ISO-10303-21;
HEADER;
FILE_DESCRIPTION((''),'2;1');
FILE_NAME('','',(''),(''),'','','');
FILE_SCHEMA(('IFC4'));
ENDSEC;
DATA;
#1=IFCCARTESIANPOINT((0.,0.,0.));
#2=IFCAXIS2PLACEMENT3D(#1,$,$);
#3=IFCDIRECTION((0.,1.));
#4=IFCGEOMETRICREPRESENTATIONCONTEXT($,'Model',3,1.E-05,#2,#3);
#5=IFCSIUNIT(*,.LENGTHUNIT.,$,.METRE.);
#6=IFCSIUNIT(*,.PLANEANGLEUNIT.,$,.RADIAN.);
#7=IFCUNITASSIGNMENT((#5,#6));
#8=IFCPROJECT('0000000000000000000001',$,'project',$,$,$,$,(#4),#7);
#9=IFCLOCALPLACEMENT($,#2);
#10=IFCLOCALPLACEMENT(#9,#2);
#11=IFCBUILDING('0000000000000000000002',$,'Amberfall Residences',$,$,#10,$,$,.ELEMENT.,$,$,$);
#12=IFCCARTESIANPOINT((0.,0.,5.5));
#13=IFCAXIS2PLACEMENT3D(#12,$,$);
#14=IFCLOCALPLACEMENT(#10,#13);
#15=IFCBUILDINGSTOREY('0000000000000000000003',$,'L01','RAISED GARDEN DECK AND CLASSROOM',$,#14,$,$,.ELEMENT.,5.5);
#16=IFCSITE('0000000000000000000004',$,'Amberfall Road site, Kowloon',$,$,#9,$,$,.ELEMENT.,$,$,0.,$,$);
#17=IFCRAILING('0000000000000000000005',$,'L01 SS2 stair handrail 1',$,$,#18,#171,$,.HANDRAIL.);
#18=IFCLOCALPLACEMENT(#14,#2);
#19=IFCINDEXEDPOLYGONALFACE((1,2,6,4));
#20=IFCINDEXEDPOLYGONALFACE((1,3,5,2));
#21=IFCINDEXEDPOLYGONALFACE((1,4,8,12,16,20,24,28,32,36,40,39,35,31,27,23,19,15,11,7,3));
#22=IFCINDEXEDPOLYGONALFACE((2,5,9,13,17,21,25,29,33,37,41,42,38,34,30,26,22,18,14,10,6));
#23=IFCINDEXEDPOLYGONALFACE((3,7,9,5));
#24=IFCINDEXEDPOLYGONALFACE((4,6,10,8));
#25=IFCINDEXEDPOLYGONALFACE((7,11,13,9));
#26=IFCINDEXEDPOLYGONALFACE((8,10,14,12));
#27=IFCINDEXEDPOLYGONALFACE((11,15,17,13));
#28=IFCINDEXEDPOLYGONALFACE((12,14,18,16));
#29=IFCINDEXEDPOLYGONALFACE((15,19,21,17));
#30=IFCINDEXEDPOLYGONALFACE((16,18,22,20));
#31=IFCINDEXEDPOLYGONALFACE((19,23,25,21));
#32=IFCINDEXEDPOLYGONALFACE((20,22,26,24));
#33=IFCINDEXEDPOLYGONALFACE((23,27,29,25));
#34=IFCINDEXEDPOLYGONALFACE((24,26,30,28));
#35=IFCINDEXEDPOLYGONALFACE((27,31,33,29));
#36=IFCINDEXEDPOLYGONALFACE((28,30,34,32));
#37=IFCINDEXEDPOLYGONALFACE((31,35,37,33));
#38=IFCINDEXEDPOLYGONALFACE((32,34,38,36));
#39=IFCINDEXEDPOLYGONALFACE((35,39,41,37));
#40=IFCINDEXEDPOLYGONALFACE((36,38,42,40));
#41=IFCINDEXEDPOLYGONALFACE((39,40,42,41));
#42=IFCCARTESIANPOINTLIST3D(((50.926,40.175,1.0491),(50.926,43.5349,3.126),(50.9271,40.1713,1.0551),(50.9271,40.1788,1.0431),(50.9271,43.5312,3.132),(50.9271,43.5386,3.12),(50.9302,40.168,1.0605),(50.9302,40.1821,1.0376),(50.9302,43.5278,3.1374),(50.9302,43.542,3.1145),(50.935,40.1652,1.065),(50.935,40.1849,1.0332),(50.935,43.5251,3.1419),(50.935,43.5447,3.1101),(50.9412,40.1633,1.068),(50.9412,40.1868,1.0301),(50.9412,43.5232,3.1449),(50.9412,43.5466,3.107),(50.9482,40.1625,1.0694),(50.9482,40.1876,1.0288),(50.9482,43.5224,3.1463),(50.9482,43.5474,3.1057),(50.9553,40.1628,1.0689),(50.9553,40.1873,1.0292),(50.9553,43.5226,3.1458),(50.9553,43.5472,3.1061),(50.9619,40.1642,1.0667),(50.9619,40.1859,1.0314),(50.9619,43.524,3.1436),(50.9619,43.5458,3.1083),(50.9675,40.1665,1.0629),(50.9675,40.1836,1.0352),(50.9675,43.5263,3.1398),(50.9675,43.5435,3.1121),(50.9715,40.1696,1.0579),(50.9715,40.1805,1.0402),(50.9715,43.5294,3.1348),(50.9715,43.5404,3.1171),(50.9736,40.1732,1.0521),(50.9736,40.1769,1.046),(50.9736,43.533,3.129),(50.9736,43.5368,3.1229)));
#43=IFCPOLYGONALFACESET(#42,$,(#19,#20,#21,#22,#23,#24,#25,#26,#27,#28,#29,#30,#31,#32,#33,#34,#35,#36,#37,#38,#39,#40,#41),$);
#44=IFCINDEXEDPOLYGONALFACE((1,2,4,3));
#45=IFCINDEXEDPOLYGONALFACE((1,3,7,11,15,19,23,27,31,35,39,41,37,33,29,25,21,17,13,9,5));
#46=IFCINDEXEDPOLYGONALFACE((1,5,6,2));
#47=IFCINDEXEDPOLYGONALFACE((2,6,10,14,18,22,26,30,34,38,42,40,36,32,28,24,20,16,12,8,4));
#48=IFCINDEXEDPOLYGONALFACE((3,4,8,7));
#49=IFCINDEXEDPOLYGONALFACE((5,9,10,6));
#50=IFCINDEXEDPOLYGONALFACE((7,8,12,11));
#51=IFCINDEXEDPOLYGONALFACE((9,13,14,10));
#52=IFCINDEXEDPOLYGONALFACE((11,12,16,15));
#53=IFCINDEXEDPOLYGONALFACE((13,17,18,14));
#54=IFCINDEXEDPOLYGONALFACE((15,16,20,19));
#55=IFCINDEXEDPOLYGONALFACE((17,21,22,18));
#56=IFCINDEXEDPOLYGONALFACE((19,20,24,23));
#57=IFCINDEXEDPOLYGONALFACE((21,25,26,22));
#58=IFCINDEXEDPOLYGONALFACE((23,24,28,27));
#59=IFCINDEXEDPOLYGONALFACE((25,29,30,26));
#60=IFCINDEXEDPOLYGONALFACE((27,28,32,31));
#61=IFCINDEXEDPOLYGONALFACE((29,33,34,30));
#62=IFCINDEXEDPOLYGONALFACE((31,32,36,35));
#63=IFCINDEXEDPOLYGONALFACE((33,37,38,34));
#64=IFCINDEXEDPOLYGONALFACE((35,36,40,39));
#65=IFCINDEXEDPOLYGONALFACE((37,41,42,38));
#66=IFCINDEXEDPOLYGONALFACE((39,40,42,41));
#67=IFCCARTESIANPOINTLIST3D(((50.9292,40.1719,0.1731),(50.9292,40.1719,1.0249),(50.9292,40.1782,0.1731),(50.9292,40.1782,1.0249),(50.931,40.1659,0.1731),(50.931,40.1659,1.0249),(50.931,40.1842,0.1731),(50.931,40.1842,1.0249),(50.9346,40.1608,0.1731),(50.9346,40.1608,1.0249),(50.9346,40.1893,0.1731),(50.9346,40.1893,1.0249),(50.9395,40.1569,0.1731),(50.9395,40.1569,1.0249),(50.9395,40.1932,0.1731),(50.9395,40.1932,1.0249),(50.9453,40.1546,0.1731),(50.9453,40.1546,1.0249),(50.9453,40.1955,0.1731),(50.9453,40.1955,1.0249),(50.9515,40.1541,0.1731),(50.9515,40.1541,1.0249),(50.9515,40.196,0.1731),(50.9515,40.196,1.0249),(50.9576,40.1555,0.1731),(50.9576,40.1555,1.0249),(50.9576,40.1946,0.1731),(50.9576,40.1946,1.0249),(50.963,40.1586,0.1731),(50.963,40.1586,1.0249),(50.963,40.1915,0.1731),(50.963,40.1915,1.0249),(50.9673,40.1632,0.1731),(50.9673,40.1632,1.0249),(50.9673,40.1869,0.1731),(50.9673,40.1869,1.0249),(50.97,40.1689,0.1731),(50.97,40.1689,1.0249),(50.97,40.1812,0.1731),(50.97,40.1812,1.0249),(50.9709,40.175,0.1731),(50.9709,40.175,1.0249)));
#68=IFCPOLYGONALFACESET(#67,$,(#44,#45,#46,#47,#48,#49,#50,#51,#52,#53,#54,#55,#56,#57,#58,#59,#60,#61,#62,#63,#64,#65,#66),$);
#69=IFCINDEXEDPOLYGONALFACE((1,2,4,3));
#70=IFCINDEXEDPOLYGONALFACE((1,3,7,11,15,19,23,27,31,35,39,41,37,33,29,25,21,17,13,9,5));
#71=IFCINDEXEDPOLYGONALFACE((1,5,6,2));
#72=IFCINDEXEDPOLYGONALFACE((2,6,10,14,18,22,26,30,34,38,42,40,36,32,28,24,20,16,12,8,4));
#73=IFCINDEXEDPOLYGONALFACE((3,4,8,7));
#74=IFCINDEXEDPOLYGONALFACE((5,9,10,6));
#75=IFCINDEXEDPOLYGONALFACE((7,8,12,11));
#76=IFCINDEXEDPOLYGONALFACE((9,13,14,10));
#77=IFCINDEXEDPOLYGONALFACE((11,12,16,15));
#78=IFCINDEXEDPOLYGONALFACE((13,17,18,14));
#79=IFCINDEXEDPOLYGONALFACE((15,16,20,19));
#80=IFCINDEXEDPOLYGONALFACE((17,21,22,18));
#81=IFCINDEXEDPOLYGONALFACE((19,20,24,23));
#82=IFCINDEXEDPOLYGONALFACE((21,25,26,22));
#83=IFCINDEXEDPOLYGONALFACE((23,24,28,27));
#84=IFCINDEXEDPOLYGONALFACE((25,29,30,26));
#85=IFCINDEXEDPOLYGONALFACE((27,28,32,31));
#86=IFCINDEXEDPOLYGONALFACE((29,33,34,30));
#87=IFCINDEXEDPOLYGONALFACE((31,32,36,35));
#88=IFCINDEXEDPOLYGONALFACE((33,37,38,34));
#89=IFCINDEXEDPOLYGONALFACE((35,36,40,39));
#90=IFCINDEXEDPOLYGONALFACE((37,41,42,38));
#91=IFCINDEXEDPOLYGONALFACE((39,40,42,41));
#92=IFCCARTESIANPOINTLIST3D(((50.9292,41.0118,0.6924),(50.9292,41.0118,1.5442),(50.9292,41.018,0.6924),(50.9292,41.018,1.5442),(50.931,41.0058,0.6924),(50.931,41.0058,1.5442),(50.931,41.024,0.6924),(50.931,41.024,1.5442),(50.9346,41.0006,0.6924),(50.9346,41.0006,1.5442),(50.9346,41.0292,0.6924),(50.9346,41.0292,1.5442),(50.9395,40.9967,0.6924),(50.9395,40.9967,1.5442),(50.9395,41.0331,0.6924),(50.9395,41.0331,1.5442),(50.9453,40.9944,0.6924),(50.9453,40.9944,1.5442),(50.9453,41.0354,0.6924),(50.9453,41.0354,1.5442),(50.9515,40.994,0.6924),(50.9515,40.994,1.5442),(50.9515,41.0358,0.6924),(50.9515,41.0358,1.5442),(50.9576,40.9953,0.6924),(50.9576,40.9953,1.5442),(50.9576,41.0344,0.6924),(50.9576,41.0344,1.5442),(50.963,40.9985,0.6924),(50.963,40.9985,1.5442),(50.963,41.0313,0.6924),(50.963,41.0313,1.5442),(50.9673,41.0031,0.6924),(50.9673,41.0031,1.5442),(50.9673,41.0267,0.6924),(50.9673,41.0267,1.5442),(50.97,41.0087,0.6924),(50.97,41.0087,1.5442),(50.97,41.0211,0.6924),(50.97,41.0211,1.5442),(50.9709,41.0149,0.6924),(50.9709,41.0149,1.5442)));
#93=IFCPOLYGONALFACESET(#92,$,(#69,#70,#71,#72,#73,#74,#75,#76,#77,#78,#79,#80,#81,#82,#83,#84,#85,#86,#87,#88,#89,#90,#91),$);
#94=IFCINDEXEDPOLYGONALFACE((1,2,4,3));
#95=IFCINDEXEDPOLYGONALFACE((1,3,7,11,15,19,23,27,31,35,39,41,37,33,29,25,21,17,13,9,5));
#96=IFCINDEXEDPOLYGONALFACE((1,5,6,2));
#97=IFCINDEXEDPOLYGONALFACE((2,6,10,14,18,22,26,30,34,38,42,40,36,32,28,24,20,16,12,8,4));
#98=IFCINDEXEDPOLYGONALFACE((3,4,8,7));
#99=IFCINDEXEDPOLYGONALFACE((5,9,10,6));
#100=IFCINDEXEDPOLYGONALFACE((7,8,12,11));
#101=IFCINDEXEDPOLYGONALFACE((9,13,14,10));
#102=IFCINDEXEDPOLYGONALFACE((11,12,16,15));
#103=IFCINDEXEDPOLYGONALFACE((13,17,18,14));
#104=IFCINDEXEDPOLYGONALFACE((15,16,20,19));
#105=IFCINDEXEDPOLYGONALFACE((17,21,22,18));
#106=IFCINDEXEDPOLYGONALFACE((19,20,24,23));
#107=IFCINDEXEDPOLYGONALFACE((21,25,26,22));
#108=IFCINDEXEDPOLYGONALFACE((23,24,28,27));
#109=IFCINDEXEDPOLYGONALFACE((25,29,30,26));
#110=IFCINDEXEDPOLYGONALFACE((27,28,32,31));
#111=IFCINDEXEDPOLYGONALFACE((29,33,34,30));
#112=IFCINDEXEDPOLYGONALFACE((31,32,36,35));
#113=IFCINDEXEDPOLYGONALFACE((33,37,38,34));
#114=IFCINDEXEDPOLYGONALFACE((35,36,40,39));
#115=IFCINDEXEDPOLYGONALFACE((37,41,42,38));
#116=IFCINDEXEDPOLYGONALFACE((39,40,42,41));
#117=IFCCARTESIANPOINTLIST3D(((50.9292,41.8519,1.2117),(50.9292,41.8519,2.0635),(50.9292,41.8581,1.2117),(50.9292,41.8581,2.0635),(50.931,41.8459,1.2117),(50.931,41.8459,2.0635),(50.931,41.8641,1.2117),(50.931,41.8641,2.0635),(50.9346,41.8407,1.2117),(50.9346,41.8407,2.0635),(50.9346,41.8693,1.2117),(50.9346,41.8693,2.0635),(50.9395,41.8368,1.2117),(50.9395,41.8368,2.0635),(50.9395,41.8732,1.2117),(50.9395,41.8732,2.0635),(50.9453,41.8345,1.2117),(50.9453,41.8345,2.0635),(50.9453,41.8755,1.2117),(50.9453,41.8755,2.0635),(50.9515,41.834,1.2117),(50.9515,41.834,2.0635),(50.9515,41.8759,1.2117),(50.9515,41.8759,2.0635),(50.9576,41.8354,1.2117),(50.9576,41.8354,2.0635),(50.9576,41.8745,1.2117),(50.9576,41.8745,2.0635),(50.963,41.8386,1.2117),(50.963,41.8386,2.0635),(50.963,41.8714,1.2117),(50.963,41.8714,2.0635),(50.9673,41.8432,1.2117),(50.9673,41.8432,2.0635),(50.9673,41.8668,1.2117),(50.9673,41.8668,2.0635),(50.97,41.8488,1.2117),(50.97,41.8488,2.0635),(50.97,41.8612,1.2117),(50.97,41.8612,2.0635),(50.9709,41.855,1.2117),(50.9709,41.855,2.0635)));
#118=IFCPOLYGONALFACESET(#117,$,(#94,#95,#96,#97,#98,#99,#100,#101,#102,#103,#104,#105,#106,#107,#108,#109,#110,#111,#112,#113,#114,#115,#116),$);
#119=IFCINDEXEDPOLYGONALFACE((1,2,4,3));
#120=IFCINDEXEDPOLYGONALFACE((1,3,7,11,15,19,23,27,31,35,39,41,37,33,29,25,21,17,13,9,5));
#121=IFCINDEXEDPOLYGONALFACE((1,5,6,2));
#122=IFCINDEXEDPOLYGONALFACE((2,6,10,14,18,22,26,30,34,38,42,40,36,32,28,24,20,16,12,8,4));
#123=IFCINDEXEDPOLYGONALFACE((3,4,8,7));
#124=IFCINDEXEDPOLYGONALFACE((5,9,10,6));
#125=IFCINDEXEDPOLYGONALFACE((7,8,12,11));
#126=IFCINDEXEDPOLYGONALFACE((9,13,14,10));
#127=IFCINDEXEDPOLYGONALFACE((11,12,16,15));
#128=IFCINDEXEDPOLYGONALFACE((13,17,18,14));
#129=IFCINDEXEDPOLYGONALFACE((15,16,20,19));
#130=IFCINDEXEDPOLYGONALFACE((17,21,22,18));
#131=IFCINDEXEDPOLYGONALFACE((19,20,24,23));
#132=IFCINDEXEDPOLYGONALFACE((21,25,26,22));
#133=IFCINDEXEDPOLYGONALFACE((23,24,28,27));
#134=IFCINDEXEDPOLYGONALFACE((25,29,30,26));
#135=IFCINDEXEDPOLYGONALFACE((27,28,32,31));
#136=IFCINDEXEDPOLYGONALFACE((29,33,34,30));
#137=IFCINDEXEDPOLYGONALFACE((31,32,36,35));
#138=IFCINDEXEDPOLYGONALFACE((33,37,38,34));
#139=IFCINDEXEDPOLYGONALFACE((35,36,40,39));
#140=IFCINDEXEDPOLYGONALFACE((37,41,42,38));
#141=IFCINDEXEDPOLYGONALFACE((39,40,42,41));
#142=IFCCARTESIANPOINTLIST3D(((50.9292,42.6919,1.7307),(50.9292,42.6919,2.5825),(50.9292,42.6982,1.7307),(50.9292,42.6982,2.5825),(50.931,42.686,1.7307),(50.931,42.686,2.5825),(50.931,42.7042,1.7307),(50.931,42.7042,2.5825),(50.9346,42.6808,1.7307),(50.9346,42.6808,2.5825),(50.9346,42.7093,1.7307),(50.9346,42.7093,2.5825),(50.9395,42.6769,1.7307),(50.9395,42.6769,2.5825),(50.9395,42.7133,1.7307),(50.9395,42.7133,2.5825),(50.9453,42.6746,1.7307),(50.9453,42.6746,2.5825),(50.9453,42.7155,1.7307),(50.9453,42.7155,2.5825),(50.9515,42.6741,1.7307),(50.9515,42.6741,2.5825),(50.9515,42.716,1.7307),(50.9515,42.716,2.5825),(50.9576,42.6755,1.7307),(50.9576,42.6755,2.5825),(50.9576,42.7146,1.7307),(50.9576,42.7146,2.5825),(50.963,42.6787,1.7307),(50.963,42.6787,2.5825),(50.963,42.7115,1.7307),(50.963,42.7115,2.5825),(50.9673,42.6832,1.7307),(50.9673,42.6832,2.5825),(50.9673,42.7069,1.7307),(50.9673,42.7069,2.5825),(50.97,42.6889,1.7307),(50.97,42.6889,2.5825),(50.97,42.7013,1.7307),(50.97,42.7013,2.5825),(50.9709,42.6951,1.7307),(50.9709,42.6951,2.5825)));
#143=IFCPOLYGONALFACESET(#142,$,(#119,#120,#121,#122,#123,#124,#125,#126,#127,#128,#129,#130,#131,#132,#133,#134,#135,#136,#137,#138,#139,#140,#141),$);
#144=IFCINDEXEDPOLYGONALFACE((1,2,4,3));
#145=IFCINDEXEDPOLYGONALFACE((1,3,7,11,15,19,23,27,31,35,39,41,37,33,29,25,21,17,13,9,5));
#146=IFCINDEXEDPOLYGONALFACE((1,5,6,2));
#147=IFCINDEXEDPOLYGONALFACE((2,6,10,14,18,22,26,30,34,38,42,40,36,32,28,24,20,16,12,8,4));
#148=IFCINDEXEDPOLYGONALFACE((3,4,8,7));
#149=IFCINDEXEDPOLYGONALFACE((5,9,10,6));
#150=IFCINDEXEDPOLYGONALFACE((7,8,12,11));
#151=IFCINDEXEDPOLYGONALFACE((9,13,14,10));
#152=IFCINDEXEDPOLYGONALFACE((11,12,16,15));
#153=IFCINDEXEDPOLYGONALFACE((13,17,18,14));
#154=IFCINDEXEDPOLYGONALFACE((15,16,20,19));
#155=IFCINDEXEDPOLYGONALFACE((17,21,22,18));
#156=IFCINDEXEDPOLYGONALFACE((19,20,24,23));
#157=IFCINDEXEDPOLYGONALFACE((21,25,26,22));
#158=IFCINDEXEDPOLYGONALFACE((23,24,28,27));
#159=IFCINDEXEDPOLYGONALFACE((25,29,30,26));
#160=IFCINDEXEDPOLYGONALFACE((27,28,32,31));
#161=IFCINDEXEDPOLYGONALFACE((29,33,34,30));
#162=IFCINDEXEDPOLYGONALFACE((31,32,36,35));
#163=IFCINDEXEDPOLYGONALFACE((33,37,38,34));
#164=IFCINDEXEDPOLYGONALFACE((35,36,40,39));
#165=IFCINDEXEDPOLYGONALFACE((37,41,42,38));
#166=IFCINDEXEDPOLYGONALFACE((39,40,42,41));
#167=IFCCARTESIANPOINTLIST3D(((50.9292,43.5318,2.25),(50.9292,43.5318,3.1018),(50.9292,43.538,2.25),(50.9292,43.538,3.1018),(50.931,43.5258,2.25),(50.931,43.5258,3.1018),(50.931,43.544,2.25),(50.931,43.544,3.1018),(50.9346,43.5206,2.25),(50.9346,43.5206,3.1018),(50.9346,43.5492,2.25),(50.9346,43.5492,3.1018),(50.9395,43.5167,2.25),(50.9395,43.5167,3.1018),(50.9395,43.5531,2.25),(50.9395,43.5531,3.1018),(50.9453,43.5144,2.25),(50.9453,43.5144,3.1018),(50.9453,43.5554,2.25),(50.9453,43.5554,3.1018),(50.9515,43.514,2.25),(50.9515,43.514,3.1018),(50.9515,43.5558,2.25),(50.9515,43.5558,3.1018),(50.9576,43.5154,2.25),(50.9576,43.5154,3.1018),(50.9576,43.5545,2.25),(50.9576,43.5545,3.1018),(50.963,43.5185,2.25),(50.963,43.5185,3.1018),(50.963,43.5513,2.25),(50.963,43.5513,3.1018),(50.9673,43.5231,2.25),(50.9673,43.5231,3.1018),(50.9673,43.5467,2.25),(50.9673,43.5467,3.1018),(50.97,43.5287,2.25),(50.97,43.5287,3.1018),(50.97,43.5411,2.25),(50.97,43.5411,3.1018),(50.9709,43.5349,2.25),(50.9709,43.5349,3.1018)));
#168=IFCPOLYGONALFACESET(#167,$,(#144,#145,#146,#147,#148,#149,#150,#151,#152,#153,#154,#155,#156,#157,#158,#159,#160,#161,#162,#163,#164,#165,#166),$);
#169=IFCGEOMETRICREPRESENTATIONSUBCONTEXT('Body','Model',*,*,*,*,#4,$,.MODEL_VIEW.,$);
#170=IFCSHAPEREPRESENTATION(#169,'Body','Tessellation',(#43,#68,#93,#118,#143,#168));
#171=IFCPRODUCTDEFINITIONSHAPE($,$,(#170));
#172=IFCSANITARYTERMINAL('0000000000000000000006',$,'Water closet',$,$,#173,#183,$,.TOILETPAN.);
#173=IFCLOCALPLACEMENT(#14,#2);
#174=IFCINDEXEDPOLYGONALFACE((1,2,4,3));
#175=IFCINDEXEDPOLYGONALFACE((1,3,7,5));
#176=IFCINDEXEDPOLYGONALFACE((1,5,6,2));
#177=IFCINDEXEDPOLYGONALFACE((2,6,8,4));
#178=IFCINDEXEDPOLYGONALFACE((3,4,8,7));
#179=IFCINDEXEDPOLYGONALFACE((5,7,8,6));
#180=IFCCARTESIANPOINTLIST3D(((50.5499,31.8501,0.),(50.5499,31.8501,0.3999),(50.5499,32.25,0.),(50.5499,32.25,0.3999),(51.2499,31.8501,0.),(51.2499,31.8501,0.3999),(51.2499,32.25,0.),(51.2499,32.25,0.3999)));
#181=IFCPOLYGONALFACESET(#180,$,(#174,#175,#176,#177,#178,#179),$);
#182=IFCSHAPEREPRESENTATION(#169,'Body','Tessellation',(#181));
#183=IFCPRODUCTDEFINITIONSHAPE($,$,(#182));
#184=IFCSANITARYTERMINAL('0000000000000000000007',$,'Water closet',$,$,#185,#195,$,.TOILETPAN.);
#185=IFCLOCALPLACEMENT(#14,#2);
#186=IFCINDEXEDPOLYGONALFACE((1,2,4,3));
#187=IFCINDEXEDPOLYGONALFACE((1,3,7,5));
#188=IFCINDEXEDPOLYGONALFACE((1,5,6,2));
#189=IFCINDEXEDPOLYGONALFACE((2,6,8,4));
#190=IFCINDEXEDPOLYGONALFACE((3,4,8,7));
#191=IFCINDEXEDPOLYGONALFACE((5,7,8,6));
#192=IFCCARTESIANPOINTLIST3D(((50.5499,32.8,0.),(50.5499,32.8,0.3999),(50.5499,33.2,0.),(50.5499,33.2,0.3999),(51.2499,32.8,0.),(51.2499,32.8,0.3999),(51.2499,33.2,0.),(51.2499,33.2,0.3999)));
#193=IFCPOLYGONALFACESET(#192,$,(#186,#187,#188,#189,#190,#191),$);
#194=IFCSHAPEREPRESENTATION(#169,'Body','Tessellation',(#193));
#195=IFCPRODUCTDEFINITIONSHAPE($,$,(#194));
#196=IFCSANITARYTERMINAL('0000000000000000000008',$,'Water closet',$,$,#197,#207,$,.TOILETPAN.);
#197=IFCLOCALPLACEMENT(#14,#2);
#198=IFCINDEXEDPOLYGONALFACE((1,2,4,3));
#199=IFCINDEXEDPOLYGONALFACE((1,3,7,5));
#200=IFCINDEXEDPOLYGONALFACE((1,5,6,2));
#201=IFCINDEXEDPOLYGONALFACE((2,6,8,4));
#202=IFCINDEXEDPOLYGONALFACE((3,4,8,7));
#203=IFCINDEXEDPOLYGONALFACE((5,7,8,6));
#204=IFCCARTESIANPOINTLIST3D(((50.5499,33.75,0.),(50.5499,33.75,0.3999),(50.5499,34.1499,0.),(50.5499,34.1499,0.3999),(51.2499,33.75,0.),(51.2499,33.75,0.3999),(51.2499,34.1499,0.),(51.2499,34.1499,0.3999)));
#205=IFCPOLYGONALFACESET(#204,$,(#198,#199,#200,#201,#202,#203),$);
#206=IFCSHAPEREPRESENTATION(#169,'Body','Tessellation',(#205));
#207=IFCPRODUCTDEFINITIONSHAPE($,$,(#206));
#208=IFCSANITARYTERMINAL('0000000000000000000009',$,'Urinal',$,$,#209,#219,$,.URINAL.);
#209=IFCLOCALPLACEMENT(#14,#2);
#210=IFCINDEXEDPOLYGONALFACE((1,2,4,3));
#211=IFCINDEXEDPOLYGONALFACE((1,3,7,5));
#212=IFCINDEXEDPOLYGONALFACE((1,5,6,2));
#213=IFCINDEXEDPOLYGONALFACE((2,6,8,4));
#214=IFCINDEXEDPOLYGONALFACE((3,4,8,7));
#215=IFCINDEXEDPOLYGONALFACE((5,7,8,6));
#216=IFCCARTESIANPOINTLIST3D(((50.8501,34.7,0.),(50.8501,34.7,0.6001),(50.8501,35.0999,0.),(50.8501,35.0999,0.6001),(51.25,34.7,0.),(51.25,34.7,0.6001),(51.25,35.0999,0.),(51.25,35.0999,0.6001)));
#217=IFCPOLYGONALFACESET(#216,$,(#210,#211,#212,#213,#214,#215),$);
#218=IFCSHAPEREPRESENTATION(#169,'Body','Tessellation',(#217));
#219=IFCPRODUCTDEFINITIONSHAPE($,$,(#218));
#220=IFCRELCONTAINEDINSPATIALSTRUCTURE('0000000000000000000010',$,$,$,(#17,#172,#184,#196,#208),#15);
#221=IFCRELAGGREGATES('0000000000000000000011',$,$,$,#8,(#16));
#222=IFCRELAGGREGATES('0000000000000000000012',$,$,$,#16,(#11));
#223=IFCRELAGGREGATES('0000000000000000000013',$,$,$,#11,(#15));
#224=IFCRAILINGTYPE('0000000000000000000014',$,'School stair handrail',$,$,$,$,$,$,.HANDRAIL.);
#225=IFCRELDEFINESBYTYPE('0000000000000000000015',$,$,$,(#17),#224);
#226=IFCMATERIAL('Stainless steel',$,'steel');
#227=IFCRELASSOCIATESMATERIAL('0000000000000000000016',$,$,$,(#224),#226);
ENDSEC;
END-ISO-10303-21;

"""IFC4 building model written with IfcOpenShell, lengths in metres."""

from ifc_helpers import new_model, si_unit, direction, frame, origin, origin_2d, place, context, subcontext, project, spatial, rectangle, circle, extrude, material, type_object, element, save


model = new_model("IFC4")

# Units and contexts
model_context = context("Model", 3, precision=1e-05, world=origin(), true_north=direction((0.0, 1.0)))
body_context = subcontext(model_context, "Body", "Model", "MODEL_VIEW")
ifc_project = project(units=[si_unit("LENGTHUNIT", "METRE"), si_unit("PLANEANGLEUNIT", "RADIAN")], contexts=[model_context])

# Site, building, storey
site_placement = place(None, origin())
site = spatial("IfcSite", under=ifc_project, at=site_placement, Name="Amberfall Road site, Kowloon", CompositionType="ELEMENT", RefElevation=0.0)
building_placement = place(site_placement, origin())
building = spatial("IfcBuilding", under=site, at=building_placement, Name="Amberfall Residences", CompositionType="ELEMENT")
storey_placement = place(building_placement, frame((0.0, 0.0, 5.5)))
storey = spatial("IfcBuildingStorey", under=building, at=storey_placement, Name="L01", Description="RAISED GARDEN DECK AND CLASSROOM", CompositionType="ELEMENT", Elevation=5.5)

# Railing
ifc_material_1 = material(Name="Stainless steel", Category="steel")
railing_type_1 = type_object("IfcRailingType", Name="School stair handrail", PredefinedType="HANDRAIL", material=ifc_material_1)
railing_1_placement = place(storey_placement, frame((50.95, 40.175, 0.1731)))
element("IfcRailing", 1, at=railing_1_placement, inside=storey, type_object=railing_type_1, Name="L01 SS2 stair handrail 1", PredefinedType="HANDRAIL", context=body_context, shape_type="SweptSolid", body=[
    extrude(circle(Radius=0.0239, at=origin_2d()), frame((0.0, 0.0, 0.876), z_axis=(0.0, 0.850606, 0.525803), x_axis=(-1.0, 0.0, 0.0)), (0.0, 0.0, 1.0), 3.95),
    extrude(circle(Radius=0.021, at=origin_2d()), origin(), (0.0, 0.0, 1.0), 0.8518),
    extrude(circle(Radius=0.021, at=origin_2d()), frame((0.0, 0.8398, 0.5193)), (0.0, 0.0, 1.0), 0.8518),
    extrude(circle(Radius=0.021, at=origin_2d()), frame((0.0, 1.6799, 1.0386)), (0.0, 0.0, 1.0), 0.8518),
    extrude(circle(Radius=0.021, at=origin_2d()), frame((0.0, 2.52, 1.5576)), (0.0, 0.0, 1.0), 0.8518),
    extrude(circle(Radius=0.021, at=origin_2d()), frame((0.0, 3.3599, 2.0769)), (0.0, 0.0, 1.0), 0.8518),
])

# Sanitary terminals
for number, where, z_axis, x_axis, name in (
    (2, (50.8999, 32.05, 0.0), (0.0, 0.0, 1.0), (1.0, 0.0, 0.0), "Water closet"),
    (3, (50.8999, 33.0, 0.0), (0.0, 0.0, 1.0), (1.0, 0.0, 0.0), "Water closet"),
    (4, (50.8999, 33.95, 0.0), (0.0, 0.0, 1.0), (1.0, 0.0, 0.0), "Water closet"),
):
    element("IfcSanitaryTerminal", number, at=place(storey_placement, frame(where, z_axis=z_axis, x_axis=x_axis)), inside=storey, Name=name, PredefinedType="TOILETPAN", context=body_context, shape_type="SweptSolid", body=[
        extrude(rectangle(XDim=0.7, YDim=0.3999, at=origin_2d()), origin(), (0.0, 0.0, 1.0), 0.3999),
    ])
for number, where, z_axis, x_axis, name in (
    (5, (51.05, 34.8999, 0.0), (0.0, 0.0, 1.0), (1.0, 0.0, 0.0), "Urinal"),
):
    element("IfcSanitaryTerminal", number, at=place(storey_placement, frame(where, z_axis=z_axis, x_axis=x_axis)), inside=storey, Name=name, PredefinedType="URINAL", context=body_context, shape_type="SweptSolid", body=[
        extrude(rectangle(XDim=0.3999, YDim=0.3999, at=origin_2d()), origin(), (0.0, 0.0, 1.0), 0.6001),
    ])

save(model, "model.ifc")
